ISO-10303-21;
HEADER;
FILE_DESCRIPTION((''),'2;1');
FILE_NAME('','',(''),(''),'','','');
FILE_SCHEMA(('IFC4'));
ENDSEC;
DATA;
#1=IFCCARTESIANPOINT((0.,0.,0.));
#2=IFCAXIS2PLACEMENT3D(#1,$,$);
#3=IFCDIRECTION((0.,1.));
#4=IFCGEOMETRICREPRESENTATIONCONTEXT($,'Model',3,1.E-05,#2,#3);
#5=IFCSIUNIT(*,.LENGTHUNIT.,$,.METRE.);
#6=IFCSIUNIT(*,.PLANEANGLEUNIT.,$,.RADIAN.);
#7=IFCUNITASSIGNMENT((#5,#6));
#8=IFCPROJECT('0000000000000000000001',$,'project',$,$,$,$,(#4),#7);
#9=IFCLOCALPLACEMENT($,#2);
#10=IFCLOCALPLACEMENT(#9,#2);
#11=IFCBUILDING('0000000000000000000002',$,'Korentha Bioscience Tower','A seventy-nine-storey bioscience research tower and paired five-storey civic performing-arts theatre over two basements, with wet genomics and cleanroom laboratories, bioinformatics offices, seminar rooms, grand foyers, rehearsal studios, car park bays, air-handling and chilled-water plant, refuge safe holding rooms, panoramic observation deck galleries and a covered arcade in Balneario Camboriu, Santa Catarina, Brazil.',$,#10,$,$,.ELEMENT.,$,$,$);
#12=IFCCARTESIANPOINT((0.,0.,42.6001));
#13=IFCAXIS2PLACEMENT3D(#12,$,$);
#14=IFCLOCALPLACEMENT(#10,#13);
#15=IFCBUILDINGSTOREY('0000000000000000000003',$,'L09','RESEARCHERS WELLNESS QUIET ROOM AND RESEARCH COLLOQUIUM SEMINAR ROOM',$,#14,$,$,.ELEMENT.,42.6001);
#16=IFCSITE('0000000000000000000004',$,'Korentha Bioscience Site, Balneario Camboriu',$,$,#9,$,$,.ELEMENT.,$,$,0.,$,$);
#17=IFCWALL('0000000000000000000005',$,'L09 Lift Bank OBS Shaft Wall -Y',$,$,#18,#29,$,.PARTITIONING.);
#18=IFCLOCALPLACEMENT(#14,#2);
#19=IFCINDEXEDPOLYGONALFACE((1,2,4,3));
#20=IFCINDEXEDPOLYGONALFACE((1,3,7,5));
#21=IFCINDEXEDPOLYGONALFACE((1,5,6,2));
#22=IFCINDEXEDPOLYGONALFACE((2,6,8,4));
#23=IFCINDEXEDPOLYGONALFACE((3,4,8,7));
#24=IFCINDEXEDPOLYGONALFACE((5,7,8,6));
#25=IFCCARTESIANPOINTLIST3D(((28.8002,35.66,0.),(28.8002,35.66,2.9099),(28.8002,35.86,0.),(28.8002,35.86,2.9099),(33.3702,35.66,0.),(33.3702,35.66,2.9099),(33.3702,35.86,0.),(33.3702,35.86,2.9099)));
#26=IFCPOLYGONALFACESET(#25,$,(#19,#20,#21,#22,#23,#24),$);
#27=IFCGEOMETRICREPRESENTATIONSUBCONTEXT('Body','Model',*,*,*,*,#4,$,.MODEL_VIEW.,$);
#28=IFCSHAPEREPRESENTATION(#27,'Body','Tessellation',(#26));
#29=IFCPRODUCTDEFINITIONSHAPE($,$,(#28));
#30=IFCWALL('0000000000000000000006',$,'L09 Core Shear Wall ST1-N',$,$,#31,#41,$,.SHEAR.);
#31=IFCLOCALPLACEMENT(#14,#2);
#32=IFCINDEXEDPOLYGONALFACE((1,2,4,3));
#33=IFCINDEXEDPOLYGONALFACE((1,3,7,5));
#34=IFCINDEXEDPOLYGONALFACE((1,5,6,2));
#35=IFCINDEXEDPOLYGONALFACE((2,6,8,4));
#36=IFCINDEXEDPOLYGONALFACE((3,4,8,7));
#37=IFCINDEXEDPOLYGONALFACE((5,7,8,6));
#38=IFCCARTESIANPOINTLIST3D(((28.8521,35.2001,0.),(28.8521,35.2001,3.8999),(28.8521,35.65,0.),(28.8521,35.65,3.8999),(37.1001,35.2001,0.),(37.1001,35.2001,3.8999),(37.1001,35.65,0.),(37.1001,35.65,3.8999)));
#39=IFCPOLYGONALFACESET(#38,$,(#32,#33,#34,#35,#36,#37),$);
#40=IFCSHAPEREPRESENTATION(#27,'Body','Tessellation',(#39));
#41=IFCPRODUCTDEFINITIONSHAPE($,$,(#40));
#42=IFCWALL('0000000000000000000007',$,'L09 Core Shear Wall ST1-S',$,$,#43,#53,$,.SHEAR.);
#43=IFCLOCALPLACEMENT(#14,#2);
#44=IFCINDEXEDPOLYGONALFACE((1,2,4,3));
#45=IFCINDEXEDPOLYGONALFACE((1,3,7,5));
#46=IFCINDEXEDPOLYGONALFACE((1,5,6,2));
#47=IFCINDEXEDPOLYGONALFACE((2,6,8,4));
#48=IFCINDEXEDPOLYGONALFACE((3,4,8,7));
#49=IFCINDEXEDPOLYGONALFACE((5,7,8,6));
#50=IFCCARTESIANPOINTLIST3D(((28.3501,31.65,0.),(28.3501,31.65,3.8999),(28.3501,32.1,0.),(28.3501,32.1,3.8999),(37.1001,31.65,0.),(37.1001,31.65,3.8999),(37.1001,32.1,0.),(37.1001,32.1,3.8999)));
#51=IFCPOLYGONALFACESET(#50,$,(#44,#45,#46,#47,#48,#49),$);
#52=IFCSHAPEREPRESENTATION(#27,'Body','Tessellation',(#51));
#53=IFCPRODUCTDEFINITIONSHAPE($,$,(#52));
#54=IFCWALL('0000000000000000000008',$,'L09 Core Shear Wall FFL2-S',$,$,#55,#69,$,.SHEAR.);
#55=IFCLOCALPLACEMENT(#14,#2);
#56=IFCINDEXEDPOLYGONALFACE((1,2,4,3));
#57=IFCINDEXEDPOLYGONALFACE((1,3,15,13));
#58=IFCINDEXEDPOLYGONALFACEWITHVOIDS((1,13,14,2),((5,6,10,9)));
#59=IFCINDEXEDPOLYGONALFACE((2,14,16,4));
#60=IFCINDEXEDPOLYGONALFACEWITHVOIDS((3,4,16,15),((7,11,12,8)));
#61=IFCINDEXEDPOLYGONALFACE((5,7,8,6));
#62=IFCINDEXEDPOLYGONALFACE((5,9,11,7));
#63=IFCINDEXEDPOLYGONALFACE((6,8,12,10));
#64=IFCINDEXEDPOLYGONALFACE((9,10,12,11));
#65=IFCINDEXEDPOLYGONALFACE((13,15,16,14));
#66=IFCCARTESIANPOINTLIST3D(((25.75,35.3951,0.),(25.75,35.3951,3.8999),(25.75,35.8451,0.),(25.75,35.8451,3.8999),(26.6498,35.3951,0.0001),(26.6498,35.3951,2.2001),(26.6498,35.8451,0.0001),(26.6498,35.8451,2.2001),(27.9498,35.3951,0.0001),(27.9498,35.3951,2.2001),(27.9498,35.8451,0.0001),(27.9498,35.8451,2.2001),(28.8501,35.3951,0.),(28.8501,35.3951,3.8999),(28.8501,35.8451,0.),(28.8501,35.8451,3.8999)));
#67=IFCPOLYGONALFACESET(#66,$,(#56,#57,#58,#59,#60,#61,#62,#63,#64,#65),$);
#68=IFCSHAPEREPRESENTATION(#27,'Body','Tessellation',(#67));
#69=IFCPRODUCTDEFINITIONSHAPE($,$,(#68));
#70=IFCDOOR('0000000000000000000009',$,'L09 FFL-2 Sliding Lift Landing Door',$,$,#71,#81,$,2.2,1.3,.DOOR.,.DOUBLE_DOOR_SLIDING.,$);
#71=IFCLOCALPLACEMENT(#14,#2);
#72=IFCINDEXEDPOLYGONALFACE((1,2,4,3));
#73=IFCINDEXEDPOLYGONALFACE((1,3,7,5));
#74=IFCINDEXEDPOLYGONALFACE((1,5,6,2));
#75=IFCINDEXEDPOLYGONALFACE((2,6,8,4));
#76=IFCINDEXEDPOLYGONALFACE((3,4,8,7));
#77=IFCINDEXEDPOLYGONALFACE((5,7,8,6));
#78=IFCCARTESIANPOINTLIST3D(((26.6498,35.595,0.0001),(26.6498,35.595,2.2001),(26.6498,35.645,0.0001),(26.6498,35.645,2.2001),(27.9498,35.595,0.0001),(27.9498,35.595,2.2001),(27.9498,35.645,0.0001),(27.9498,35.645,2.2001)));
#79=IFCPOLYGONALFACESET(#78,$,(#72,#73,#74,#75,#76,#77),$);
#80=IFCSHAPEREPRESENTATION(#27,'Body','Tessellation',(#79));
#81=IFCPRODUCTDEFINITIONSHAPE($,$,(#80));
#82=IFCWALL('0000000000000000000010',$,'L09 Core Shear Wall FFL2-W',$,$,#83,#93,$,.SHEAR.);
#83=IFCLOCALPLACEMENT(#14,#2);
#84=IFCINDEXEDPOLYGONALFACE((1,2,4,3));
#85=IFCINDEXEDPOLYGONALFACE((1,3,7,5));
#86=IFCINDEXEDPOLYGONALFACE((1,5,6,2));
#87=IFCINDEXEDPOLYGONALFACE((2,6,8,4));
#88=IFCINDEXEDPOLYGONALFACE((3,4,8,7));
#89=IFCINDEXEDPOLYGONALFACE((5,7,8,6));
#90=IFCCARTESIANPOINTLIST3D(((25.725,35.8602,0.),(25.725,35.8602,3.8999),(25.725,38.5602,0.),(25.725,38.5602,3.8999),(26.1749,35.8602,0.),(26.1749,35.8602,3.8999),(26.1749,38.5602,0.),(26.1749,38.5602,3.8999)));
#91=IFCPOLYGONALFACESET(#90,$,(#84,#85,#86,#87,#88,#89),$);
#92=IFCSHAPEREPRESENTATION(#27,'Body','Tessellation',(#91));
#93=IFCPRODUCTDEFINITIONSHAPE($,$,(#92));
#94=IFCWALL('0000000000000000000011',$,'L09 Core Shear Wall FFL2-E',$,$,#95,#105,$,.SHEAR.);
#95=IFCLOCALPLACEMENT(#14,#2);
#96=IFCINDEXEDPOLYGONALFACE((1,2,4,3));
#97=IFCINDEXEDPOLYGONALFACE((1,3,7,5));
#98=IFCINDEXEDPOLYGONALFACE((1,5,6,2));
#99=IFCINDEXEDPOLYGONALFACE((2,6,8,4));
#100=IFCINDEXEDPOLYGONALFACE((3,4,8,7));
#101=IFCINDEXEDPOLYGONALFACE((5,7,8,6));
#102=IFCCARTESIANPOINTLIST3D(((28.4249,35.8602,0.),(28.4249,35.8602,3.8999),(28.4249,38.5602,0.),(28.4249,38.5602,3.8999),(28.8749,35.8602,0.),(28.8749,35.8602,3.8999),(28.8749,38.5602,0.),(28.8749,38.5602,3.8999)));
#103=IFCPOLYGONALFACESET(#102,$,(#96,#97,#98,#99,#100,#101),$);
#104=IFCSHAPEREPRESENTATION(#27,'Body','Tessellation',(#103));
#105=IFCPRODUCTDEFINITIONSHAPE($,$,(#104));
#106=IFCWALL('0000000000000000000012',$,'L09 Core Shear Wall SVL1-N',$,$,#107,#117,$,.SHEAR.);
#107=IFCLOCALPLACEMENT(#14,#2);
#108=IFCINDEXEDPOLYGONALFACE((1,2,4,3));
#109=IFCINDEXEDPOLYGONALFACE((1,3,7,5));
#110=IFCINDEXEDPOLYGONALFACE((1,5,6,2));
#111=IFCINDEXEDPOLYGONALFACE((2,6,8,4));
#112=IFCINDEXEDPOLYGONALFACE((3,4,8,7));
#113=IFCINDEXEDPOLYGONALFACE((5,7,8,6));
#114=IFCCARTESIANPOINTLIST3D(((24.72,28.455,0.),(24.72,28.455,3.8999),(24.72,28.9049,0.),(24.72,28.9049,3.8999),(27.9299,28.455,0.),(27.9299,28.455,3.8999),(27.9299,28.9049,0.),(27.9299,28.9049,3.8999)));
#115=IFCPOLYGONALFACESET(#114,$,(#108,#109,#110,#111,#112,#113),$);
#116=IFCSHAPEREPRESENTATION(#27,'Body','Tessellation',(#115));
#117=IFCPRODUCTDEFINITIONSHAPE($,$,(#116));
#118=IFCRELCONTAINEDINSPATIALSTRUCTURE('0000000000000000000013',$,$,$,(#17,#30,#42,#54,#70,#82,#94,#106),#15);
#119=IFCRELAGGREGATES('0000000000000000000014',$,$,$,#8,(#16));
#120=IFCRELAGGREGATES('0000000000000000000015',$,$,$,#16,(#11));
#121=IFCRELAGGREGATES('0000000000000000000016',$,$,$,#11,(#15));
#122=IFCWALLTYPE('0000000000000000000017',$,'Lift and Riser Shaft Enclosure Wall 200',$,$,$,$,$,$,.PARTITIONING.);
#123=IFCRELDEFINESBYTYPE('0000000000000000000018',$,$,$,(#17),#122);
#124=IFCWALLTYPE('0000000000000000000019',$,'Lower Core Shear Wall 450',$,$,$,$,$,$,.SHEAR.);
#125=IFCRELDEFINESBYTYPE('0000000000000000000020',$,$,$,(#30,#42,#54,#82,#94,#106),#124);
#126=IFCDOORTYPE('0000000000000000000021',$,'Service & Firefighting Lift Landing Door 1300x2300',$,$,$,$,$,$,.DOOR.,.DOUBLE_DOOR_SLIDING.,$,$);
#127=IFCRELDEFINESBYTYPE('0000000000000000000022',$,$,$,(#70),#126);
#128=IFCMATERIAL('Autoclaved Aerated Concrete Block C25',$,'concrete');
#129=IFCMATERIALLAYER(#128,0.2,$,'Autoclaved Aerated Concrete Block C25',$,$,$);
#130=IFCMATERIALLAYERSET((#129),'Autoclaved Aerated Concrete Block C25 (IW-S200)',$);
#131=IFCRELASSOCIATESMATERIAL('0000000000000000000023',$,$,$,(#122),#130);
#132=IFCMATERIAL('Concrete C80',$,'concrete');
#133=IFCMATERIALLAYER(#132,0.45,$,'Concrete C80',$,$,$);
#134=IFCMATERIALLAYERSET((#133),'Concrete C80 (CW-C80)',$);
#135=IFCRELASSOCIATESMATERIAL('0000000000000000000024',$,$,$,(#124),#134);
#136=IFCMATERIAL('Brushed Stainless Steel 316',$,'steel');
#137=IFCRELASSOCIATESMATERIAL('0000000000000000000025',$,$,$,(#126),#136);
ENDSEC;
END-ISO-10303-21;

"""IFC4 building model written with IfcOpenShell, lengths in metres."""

from ifc_helpers import new_model, si_unit, direction, frame, frame_2d, origin, place, context, subcontext, project, spatial, rectangle, extrude, material, layer, layer_set, type_object, element, fill, save


model = new_model("IFC4")

# Units and contexts
model_context = context("Model", 3, precision=1e-05, world=origin(), true_north=direction((0.0, 1.0)))
body_context = subcontext(model_context, "Body", "Model", "MODEL_VIEW")
ifc_project = project(units=[si_unit("LENGTHUNIT", "METRE"), si_unit("PLANEANGLEUNIT", "RADIAN")], contexts=[model_context])

# Site, building, storey
site_placement = place(None, origin())
site = spatial("IfcSite", under=ifc_project, at=site_placement, Name="Korentha Bioscience Site, Balneario Camboriu", CompositionType="ELEMENT", RefElevation=0.0)
building_placement = place(site_placement, origin())
building = spatial("IfcBuilding", under=site, at=building_placement, Name="Korentha Bioscience Tower", Description="A seventy-nine-storey bioscience research tower and paired five-storey civic performing-arts theatre over two basements, with wet genomics and cleanroom laboratories, bioinformatics offices, seminar rooms, grand foyers, rehearsal studios, car park bays, air-handling and chilled-water plant, refuge safe holding rooms, panoramic observation deck galleries and a covered arcade in Balneario Camboriu, Santa Catarina, Brazil.", CompositionType="ELEMENT")
storey_placement = place(building_placement, frame((0.0, 0.0, 42.6001)))
storey = spatial("IfcBuildingStorey", under=building, at=storey_placement, Name="L09", Description="RESEARCHERS WELLNESS QUIET ROOM AND RESEARCH COLLOQUIUM SEMINAR ROOM", CompositionType="ELEMENT", Elevation=42.6001)

# Walls
ifc_material_1 = material(Name="Autoclaved Aerated Concrete Block C25", Category="concrete")
ifc_layer_1 = layer(ifc_material_1, 0.2, Name="Autoclaved Aerated Concrete Block C25")
ifc_layer_set_1 = layer_set([ifc_layer_1], Name="Autoclaved Aerated Concrete Block C25 (IW-S200)")
wall_type_1 = type_object("IfcWallType", Name="Lift and Riser Shaft Enclosure Wall 200", PredefinedType="PARTITIONING", material=ifc_layer_set_1)
wall_1_placement = place(storey_placement, frame((28.8, 35.76, 0.0), z_axis=(0.0, 0.0, 1.0), x_axis=(1.0, 0.0, 0.0)))
element("IfcWall", 1, at=wall_1_placement, inside=storey, type_object=wall_type_1, Name="L09 Lift Bank OBS Shaft Wall -Y", PredefinedType="PARTITIONING", context=body_context, shape_type="SweptSolid", body=[
    extrude(rectangle(XDim=4.5701, YDim=0.2, at=frame_2d((2.2852, 0.0))), origin(), (0.0, 0.0, 1.0), 2.9099),
])
ifc_material_2 = material(Name="Concrete C80", Category="concrete")
ifc_layer_2 = layer(ifc_material_2, 0.45, Name="Concrete C80")
ifc_layer_set_2 = layer_set([ifc_layer_2], Name="Concrete C80 (CW-C80)")
wall_type_2 = type_object("IfcWallType", Name="Lower Core Shear Wall 450", PredefinedType="SHEAR", material=ifc_layer_set_2)
wall_2_placement = place(storey_placement, frame((28.8521, 35.425, 0.0), z_axis=(0.0, 0.0, 1.0), x_axis=(1.0, 0.0, 0.0)))
element("IfcWall", 2, at=wall_2_placement, inside=storey, type_object=wall_type_2, Name="L09 Core Shear Wall ST1-N", PredefinedType="SHEAR", context=body_context, shape_type="SweptSolid", body=[
    extrude(rectangle(XDim=8.248, YDim=0.45, at=frame_2d((4.124, 0.0))), origin(), (0.0, 0.0, 1.0), 3.8999),
])
wall_3_placement = place(storey_placement, frame((28.3501, 31.875, 0.0), z_axis=(0.0, 0.0, 1.0), x_axis=(1.0, 0.0, 0.0)))
element("IfcWall", 3, at=wall_3_placement, inside=storey, type_object=wall_type_2, Name="L09 Core Shear Wall ST1-S", PredefinedType="SHEAR", context=body_context, shape_type="SweptSolid", body=[
    extrude(rectangle(XDim=8.75, YDim=0.45, at=frame_2d((4.375, 0.0))), origin(), (0.0, 0.0, 1.0), 3.8999),
])

# Wall, opening, door
wall_4_placement = place(storey_placement, frame((25.75, 35.6201, 0.0), z_axis=(0.0, 0.0, 1.0), x_axis=(1.0, 0.0, 0.0)))
wall_4 = element("IfcWall", 4, at=wall_4_placement, inside=storey, type_object=wall_type_2, Name="L09 Core Shear Wall FFL2-S", PredefinedType="SHEAR", context=body_context, shape_type="SweptSolid", body=[
    extrude(rectangle(XDim=3.1001, YDim=0.45, at=frame_2d((1.55, 0.0))), origin(), (0.0, 0.0, 1.0), 3.8999),
])
opening_1_placement = place(wall_4_placement, frame((0.8999, 0.0, 0.0)))
opening_1 = element("IfcOpeningElement", 5, at=opening_1_placement, cuts=wall_4, PredefinedType="OPENING", context=body_context, shape_type="SweptSolid", body=[
    extrude(rectangle(XDim=1.3, YDim=2.2, at=frame_2d((0.6499, 1.1001))), frame((0.0, 0.2397, 0.0), z_axis=(0.0, -1.0, 0.0), x_axis=(1.0, 0.0, 0.0)), (0.0, 0.0, 1.0), 0.4797),
])
ifc_material_3 = material(Name="Brushed Stainless Steel 316", Category="steel")
door_type_1 = type_object("IfcDoorType", Name="Service & Firefighting Lift Landing Door 1300x2300", OperationType="DOUBLE_DOOR_SLIDING", PredefinedType="DOOR", material=ifc_material_3)
door_1_placement = place(opening_1_placement, origin())
door_1 = element("IfcDoor", 6, at=door_1_placement, inside=storey, type_object=door_type_1, Name="L09 FFL-2 Sliding Lift Landing Door", OperationType="DOUBLE_DOOR_SLIDING", OverallHeight=2.2, OverallWidth=1.3, PredefinedType="DOOR", context=body_context, shape_type="SweptSolid", body=[
    extrude(rectangle(XDim=1.3, YDim=2.2, at=frame_2d((0.6499, 1.1001))), frame((0.0, 0.0249, 0.0), z_axis=(0.0, -1.0, 0.0), x_axis=(1.0, 0.0, 0.0)), (0.0, 0.0, 1.0), 0.05),
])
fill(opening_1, door_1)

# Walls
for number, where, z_axis, x_axis, name in (
    (7, (25.95, 35.8601, 0.0), (0.0, 0.0, 1.0), (0.0, 1.0, 0.0), "L09 Core Shear Wall FFL2-W"),
    (8, (28.6499, 35.8601, 0.0), (0.0, 0.0, 1.0), (0.0, 1.0, 0.0), "L09 Core Shear Wall FFL2-E"),
):
    element("IfcWall", number, at=place(storey_placement, frame(where, z_axis=z_axis, x_axis=x_axis)), inside=storey, type_object=wall_type_2, Name=name, PredefinedType="SHEAR", context=body_context, shape_type="SweptSolid", body=[
        extrude(rectangle(XDim=2.7, YDim=0.45, at=frame_2d((1.3501, 0.0))), origin(), (0.0, 0.0, 1.0), 3.8999),
    ])
wall_5_placement = place(storey_placement, frame((24.72, 28.6799, 0.0), z_axis=(0.0, 0.0, 1.0), x_axis=(1.0, 0.0, 0.0)))
element("IfcWall", 9, at=wall_5_placement, inside=storey, type_object=wall_type_2, Name="L09 Core Shear Wall SVL1-N", PredefinedType="SHEAR", context=body_context, shape_type="SweptSolid", body=[
    extrude(rectangle(XDim=3.21, YDim=0.45, at=frame_2d((1.605, 0.0))), origin(), (0.0, 0.0, 1.0), 3.8999),
])

save(model, "model.ifc")
